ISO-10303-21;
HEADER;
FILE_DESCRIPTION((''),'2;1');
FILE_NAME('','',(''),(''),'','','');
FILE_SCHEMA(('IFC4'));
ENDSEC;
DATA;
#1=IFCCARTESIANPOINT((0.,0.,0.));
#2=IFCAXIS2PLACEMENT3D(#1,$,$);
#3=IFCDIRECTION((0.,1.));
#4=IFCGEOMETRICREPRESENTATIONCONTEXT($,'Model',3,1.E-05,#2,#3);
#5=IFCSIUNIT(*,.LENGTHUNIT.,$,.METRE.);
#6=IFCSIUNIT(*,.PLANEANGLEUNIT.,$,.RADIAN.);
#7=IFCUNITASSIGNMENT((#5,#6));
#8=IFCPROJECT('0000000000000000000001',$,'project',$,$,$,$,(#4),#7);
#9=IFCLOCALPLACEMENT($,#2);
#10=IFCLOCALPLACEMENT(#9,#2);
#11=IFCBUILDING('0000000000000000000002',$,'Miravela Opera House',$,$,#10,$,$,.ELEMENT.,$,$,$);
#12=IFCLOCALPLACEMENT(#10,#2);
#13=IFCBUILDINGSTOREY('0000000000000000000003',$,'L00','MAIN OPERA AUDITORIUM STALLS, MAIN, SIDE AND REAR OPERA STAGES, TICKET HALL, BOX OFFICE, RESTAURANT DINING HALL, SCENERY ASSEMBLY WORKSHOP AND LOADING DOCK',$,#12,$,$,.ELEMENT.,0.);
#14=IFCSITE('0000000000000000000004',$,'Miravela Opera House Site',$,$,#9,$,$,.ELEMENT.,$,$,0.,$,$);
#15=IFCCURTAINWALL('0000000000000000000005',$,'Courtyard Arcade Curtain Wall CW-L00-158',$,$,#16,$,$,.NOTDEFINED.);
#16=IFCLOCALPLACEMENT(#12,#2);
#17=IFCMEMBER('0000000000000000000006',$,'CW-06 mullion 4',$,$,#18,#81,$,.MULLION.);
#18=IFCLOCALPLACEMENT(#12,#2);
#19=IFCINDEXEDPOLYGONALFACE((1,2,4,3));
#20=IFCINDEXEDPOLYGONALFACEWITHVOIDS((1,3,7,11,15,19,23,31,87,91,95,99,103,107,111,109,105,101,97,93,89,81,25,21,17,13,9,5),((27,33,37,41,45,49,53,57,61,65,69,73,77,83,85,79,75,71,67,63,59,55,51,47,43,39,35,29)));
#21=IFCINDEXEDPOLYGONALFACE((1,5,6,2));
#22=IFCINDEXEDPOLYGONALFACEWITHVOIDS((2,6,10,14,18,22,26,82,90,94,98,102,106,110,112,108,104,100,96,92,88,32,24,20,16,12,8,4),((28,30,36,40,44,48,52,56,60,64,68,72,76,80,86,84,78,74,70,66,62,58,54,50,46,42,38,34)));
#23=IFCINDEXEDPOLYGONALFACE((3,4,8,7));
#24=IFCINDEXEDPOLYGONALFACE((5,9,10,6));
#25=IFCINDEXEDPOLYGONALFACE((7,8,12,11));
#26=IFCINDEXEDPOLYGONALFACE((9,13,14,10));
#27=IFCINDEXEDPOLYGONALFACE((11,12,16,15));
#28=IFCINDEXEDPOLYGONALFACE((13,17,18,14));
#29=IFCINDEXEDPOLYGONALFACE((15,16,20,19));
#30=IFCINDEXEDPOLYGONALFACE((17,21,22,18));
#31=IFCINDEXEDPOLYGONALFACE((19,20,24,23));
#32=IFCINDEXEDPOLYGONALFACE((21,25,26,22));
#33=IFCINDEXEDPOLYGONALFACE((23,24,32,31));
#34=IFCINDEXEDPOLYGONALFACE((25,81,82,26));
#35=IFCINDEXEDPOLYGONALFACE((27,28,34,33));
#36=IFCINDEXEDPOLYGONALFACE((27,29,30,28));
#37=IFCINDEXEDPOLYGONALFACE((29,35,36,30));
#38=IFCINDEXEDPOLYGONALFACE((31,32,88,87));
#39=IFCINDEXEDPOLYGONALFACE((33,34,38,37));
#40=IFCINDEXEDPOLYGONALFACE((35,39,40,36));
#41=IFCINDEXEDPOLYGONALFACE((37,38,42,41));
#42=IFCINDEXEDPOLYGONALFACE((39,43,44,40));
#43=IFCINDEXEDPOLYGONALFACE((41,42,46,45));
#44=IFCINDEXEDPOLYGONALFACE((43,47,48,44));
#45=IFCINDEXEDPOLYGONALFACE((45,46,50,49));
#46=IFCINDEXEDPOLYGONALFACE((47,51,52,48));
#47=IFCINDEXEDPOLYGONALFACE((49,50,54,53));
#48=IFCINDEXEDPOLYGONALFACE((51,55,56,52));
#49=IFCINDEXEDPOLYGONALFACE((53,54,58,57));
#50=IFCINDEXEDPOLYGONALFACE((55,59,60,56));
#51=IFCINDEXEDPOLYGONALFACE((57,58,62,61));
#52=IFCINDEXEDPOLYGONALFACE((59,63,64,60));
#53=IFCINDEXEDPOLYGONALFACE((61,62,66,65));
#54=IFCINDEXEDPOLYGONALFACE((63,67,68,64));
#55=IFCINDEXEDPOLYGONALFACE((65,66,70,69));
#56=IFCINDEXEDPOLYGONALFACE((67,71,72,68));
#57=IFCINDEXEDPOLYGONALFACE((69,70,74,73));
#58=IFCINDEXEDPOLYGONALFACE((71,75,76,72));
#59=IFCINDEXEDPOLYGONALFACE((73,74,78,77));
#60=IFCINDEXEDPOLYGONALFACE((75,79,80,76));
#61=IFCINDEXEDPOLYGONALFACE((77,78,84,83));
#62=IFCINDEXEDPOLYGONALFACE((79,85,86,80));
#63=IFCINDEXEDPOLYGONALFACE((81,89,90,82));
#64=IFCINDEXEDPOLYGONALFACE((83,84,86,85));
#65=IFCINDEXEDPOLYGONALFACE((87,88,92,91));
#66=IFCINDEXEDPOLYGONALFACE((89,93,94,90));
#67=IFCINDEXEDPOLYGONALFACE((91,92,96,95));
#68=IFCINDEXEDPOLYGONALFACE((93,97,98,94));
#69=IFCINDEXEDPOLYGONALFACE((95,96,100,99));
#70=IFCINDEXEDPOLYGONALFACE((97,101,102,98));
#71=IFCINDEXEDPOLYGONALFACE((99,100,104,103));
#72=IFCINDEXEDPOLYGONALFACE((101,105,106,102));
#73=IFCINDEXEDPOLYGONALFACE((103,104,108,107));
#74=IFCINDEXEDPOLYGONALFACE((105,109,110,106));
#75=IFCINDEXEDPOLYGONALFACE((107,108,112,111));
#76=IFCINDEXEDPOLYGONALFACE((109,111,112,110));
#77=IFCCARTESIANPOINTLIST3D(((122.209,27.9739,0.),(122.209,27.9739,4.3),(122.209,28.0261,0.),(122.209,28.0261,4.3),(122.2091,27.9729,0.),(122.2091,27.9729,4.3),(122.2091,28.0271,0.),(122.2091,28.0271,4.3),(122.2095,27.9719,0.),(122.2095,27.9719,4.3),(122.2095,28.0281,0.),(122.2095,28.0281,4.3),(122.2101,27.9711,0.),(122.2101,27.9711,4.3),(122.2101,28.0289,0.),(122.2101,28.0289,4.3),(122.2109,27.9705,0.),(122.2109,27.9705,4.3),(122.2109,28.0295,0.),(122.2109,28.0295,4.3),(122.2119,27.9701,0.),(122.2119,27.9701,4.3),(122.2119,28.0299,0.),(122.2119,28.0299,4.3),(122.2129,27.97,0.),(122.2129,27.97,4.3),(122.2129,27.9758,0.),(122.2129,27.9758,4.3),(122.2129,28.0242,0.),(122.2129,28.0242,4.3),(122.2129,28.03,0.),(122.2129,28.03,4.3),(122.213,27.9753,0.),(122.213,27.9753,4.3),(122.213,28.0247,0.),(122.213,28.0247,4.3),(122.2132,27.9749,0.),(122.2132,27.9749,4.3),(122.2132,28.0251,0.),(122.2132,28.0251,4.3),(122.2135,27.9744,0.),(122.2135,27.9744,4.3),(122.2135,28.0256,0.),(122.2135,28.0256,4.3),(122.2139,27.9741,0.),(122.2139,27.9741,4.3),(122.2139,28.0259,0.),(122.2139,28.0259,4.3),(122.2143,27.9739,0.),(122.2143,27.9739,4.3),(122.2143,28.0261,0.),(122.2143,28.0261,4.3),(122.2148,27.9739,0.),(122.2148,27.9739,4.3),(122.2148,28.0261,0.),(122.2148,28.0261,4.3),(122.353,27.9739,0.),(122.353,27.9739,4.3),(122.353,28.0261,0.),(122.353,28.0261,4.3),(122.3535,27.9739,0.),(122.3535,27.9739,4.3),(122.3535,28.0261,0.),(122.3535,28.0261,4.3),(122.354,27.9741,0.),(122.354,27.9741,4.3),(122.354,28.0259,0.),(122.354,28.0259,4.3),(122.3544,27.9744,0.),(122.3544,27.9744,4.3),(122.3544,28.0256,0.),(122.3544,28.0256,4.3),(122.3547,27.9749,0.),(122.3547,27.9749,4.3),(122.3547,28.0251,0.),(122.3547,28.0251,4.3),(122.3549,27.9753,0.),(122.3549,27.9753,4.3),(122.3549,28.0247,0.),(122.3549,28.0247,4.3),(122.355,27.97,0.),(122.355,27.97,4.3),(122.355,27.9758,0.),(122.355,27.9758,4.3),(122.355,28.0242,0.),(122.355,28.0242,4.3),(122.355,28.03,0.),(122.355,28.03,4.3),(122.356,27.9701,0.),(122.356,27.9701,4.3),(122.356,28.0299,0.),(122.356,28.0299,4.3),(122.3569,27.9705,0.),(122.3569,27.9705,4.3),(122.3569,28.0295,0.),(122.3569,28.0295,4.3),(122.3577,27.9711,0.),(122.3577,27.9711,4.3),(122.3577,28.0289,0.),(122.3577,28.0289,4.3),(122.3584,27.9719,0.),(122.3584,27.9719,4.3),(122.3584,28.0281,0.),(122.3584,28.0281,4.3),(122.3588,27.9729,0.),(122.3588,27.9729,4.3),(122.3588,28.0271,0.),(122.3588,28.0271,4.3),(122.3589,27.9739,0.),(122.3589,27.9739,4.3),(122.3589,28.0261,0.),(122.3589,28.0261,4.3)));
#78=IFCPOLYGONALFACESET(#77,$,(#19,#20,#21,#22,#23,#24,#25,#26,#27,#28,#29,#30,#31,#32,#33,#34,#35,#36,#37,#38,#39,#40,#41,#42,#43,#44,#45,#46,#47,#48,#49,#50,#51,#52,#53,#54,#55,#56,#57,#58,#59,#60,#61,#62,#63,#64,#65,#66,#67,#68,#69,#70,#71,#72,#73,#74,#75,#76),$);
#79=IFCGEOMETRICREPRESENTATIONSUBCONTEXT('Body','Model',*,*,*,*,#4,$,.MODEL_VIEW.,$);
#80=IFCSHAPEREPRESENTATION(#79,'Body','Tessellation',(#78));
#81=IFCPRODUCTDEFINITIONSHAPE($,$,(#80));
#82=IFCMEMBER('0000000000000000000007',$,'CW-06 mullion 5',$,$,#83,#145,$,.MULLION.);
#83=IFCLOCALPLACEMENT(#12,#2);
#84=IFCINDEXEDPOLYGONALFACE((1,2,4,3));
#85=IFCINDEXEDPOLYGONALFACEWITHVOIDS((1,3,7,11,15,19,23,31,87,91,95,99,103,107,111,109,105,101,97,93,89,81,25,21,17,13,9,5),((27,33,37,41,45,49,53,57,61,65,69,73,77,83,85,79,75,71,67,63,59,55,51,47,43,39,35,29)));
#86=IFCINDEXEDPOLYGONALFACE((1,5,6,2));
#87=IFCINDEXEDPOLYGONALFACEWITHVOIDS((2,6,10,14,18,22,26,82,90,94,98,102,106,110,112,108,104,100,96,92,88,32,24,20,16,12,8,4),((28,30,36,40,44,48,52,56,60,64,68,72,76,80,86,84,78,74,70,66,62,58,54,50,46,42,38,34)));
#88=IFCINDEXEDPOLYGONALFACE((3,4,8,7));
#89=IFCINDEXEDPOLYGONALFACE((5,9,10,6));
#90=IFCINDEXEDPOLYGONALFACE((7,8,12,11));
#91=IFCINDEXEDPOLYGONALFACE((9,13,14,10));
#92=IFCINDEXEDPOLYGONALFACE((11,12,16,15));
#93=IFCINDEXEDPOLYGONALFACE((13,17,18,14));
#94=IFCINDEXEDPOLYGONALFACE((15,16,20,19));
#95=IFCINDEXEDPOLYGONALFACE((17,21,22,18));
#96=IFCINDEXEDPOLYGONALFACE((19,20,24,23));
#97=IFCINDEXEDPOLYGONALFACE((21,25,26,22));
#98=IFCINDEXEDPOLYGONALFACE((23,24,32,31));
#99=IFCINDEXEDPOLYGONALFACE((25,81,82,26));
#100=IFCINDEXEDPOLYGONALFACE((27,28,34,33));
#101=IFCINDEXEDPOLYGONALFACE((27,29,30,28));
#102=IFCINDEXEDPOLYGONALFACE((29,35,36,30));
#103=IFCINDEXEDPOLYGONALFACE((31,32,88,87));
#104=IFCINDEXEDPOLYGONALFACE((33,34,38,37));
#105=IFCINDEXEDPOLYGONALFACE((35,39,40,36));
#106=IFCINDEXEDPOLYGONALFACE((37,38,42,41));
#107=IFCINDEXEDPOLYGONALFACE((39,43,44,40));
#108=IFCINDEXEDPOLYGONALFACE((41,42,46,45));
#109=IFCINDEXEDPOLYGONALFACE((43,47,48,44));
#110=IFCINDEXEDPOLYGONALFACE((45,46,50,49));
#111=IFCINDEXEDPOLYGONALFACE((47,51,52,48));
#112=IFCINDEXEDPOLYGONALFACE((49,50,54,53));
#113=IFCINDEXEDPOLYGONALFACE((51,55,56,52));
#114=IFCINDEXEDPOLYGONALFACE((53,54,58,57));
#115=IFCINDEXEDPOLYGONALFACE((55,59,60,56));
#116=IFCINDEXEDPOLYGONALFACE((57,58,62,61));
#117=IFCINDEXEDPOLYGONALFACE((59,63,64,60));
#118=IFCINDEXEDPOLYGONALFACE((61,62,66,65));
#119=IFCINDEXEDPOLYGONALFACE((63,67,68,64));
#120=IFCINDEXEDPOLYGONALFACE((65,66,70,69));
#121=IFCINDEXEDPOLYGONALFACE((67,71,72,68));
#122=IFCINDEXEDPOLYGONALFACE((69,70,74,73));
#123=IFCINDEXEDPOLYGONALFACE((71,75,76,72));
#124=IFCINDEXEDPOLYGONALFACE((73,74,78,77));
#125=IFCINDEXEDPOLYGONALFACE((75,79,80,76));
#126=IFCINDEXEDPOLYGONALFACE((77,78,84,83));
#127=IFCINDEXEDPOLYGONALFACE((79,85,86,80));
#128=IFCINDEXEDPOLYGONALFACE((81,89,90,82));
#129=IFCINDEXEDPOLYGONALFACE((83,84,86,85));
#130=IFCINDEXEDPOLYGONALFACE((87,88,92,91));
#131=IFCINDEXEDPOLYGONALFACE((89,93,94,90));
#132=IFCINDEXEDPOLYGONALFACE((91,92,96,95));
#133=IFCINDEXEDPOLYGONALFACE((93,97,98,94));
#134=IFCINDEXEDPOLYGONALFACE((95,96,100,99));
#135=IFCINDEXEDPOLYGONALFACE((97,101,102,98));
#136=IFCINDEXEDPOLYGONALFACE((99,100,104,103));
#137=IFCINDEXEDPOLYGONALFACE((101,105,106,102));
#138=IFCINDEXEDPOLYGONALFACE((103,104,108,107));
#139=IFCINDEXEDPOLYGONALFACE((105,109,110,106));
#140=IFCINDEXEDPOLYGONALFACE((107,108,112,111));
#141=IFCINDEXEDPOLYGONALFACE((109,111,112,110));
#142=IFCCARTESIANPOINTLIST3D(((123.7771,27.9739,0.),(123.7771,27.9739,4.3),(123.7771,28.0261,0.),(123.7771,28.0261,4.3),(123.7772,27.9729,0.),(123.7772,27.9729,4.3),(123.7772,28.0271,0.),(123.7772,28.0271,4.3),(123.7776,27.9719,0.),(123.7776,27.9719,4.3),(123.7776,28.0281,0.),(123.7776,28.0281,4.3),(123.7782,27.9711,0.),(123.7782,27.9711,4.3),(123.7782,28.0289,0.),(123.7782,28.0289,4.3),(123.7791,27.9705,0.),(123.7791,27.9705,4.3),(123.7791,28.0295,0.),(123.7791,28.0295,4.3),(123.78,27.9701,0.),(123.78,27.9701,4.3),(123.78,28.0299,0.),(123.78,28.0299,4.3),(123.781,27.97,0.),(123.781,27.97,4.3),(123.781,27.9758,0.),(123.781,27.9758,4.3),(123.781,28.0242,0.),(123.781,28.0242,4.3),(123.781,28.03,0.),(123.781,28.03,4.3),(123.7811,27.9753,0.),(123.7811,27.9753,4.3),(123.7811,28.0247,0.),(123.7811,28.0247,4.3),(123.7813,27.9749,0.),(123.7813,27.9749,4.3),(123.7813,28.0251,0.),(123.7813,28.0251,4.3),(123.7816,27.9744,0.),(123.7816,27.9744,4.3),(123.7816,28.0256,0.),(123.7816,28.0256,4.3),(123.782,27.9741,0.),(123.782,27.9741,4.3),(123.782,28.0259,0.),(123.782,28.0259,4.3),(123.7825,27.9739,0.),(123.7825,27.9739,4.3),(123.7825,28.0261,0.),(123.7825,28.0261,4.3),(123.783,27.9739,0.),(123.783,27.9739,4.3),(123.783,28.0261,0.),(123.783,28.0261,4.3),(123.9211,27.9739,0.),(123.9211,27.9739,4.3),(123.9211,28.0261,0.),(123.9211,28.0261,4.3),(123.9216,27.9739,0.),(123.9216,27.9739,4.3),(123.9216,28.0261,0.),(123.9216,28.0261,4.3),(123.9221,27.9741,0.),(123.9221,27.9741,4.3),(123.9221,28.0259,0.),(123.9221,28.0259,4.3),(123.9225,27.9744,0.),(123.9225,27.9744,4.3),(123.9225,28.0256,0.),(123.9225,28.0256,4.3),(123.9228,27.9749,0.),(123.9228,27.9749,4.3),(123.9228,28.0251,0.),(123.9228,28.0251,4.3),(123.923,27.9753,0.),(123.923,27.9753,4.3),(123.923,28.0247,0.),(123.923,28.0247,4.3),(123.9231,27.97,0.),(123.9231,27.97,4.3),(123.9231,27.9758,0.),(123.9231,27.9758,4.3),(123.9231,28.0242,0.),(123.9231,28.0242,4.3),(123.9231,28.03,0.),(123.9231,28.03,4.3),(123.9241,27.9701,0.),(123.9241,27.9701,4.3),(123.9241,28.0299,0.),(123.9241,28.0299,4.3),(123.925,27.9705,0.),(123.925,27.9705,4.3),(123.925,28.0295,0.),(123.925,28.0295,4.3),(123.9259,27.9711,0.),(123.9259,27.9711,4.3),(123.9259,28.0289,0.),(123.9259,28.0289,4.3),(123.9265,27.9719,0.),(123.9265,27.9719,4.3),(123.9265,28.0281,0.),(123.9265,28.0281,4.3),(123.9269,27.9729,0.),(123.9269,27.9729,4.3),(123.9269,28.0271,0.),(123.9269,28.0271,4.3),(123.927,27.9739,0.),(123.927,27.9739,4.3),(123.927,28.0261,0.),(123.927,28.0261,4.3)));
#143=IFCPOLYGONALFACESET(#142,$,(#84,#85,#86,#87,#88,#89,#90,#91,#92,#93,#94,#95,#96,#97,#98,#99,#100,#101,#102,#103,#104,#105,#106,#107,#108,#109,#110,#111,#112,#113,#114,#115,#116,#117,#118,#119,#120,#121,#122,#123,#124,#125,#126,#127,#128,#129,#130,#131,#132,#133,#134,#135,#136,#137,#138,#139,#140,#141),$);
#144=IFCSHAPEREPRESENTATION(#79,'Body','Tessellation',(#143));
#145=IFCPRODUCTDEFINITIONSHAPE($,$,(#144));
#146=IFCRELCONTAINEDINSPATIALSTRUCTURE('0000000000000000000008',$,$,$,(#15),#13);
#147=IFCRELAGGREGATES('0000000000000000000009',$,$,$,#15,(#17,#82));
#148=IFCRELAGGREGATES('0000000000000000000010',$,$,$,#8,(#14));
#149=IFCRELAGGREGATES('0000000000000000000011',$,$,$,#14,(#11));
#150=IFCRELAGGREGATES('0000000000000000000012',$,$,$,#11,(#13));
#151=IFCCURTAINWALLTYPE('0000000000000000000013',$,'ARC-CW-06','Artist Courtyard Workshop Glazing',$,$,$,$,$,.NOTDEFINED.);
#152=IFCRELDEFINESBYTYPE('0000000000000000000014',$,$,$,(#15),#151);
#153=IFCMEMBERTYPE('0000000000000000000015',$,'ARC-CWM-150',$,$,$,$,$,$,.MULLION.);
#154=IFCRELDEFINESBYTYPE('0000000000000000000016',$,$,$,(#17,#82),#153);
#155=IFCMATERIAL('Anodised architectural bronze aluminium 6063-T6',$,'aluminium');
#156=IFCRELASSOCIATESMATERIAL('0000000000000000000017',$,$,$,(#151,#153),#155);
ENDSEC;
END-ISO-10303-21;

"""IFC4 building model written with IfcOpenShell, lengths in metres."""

from ifc_helpers import new_model, si_unit, direction, frame, origin, origin_2d, place, context, subcontext, project, spatial, hollow_rectangle, extrude, material, material_profile, profile_set, type_object, element, aggregate, save


model = new_model("IFC4")

# Units and contexts
model_context = context("Model", 3, precision=1e-05, world=origin(), true_north=direction((0.0, 1.0)))
body_context = subcontext(model_context, "Body", "Model", "MODEL_VIEW")
ifc_project = project(units=[si_unit("LENGTHUNIT", "METRE"), si_unit("PLANEANGLEUNIT", "RADIAN")], contexts=[model_context])

# Site, building, storey
site_placement = place(None, origin())
site = spatial("IfcSite", under=ifc_project, at=site_placement, Name="Miravela Opera House Site", CompositionType="ELEMENT", RefElevation=0.0)
building_placement = place(site_placement, origin())
building = spatial("IfcBuilding", under=site, at=building_placement, Name="Miravela Opera House", CompositionType="ELEMENT")
storey_placement = place(building_placement, origin())
storey = spatial("IfcBuildingStorey", under=building, at=storey_placement, Name="L00", Description="MAIN OPERA AUDITORIUM STALLS, MAIN, SIDE AND REAR OPERA STAGES, TICKET HALL, BOX OFFICE, RESTAURANT DINING HALL, SCENERY ASSEMBLY WORKSHOP AND LOADING DOCK", CompositionType="ELEMENT", Elevation=0.0)

# Curtain wall, members
ifc_material_1 = material(Name="Anodised architectural bronze aluminium 6063-T6", Category="aluminium")
curtain_wall_type = type_object("IfcCurtainWallType", Name="ARC-CW-06", Description="Artist Courtyard Workshop Glazing", PredefinedType="NOTDEFINED", material=ifc_material_1)
curtain_wall_placement = place(storey_placement, origin())
curtain_wall = element("IfcCurtainWall", 1, at=curtain_wall_placement, inside=storey, type_object=curtain_wall_type, Name="Courtyard Arcade Curtain Wall CW-L00-158", PredefinedType="NOTDEFINED")
ifc_material_profile_1 = material_profile(ifc_material_1, hollow_rectangle(XDim=0.0601, YDim=0.1499, WallThickness=0.0039, InnerFilletRadius=0.002, OuterFilletRadius=0.0039, at=origin_2d()), Name="CWM-60X150")
ifc_profile_set_1 = profile_set([ifc_material_profile_1])
member_type_1 = type_object("IfcMemberType", Name="ARC-CWM-150", PredefinedType="MULLION", material=ifc_profile_set_1)
member_1_placement = place(storey_placement, frame((122.2839, 28.0, 0.0), z_axis=(0.0, 0.0, 1.0), x_axis=(0.0, 1.0, 0.0)))
member_1 = element("IfcMember", 2, at=member_1_placement, type_object=member_type_1, Name="CW-06 mullion 4", PredefinedType="MULLION", context=body_context, shape_type="SweptSolid", body=[
    extrude(hollow_rectangle(XDim=0.0601, YDim=0.1499, WallThickness=0.0039, InnerFilletRadius=0.002, OuterFilletRadius=0.0039, at=origin_2d()), origin(), (0.0, 0.0, 1.0), 4.3),
])
member_2_placement = place(storey_placement, frame((123.8521, 28.0, 0.0), z_axis=(0.0, 0.0, 1.0), x_axis=(0.0, 1.0, 0.0)))
member_2 = element("IfcMember", 3, at=member_2_placement, type_object=member_type_1, Name="CW-06 mullion 5", PredefinedType="MULLION", context=body_context, shape_type="SweptSolid", body=[
    extrude(hollow_rectangle(XDim=0.0601, YDim=0.1499, WallThickness=0.0039, InnerFilletRadius=0.002, OuterFilletRadius=0.0039, at=origin_2d()), origin(), (0.0, 0.0, 1.0), 4.3),
])
aggregate(curtain_wall, [member_1, member_2])

save(model, "model.ifc")
